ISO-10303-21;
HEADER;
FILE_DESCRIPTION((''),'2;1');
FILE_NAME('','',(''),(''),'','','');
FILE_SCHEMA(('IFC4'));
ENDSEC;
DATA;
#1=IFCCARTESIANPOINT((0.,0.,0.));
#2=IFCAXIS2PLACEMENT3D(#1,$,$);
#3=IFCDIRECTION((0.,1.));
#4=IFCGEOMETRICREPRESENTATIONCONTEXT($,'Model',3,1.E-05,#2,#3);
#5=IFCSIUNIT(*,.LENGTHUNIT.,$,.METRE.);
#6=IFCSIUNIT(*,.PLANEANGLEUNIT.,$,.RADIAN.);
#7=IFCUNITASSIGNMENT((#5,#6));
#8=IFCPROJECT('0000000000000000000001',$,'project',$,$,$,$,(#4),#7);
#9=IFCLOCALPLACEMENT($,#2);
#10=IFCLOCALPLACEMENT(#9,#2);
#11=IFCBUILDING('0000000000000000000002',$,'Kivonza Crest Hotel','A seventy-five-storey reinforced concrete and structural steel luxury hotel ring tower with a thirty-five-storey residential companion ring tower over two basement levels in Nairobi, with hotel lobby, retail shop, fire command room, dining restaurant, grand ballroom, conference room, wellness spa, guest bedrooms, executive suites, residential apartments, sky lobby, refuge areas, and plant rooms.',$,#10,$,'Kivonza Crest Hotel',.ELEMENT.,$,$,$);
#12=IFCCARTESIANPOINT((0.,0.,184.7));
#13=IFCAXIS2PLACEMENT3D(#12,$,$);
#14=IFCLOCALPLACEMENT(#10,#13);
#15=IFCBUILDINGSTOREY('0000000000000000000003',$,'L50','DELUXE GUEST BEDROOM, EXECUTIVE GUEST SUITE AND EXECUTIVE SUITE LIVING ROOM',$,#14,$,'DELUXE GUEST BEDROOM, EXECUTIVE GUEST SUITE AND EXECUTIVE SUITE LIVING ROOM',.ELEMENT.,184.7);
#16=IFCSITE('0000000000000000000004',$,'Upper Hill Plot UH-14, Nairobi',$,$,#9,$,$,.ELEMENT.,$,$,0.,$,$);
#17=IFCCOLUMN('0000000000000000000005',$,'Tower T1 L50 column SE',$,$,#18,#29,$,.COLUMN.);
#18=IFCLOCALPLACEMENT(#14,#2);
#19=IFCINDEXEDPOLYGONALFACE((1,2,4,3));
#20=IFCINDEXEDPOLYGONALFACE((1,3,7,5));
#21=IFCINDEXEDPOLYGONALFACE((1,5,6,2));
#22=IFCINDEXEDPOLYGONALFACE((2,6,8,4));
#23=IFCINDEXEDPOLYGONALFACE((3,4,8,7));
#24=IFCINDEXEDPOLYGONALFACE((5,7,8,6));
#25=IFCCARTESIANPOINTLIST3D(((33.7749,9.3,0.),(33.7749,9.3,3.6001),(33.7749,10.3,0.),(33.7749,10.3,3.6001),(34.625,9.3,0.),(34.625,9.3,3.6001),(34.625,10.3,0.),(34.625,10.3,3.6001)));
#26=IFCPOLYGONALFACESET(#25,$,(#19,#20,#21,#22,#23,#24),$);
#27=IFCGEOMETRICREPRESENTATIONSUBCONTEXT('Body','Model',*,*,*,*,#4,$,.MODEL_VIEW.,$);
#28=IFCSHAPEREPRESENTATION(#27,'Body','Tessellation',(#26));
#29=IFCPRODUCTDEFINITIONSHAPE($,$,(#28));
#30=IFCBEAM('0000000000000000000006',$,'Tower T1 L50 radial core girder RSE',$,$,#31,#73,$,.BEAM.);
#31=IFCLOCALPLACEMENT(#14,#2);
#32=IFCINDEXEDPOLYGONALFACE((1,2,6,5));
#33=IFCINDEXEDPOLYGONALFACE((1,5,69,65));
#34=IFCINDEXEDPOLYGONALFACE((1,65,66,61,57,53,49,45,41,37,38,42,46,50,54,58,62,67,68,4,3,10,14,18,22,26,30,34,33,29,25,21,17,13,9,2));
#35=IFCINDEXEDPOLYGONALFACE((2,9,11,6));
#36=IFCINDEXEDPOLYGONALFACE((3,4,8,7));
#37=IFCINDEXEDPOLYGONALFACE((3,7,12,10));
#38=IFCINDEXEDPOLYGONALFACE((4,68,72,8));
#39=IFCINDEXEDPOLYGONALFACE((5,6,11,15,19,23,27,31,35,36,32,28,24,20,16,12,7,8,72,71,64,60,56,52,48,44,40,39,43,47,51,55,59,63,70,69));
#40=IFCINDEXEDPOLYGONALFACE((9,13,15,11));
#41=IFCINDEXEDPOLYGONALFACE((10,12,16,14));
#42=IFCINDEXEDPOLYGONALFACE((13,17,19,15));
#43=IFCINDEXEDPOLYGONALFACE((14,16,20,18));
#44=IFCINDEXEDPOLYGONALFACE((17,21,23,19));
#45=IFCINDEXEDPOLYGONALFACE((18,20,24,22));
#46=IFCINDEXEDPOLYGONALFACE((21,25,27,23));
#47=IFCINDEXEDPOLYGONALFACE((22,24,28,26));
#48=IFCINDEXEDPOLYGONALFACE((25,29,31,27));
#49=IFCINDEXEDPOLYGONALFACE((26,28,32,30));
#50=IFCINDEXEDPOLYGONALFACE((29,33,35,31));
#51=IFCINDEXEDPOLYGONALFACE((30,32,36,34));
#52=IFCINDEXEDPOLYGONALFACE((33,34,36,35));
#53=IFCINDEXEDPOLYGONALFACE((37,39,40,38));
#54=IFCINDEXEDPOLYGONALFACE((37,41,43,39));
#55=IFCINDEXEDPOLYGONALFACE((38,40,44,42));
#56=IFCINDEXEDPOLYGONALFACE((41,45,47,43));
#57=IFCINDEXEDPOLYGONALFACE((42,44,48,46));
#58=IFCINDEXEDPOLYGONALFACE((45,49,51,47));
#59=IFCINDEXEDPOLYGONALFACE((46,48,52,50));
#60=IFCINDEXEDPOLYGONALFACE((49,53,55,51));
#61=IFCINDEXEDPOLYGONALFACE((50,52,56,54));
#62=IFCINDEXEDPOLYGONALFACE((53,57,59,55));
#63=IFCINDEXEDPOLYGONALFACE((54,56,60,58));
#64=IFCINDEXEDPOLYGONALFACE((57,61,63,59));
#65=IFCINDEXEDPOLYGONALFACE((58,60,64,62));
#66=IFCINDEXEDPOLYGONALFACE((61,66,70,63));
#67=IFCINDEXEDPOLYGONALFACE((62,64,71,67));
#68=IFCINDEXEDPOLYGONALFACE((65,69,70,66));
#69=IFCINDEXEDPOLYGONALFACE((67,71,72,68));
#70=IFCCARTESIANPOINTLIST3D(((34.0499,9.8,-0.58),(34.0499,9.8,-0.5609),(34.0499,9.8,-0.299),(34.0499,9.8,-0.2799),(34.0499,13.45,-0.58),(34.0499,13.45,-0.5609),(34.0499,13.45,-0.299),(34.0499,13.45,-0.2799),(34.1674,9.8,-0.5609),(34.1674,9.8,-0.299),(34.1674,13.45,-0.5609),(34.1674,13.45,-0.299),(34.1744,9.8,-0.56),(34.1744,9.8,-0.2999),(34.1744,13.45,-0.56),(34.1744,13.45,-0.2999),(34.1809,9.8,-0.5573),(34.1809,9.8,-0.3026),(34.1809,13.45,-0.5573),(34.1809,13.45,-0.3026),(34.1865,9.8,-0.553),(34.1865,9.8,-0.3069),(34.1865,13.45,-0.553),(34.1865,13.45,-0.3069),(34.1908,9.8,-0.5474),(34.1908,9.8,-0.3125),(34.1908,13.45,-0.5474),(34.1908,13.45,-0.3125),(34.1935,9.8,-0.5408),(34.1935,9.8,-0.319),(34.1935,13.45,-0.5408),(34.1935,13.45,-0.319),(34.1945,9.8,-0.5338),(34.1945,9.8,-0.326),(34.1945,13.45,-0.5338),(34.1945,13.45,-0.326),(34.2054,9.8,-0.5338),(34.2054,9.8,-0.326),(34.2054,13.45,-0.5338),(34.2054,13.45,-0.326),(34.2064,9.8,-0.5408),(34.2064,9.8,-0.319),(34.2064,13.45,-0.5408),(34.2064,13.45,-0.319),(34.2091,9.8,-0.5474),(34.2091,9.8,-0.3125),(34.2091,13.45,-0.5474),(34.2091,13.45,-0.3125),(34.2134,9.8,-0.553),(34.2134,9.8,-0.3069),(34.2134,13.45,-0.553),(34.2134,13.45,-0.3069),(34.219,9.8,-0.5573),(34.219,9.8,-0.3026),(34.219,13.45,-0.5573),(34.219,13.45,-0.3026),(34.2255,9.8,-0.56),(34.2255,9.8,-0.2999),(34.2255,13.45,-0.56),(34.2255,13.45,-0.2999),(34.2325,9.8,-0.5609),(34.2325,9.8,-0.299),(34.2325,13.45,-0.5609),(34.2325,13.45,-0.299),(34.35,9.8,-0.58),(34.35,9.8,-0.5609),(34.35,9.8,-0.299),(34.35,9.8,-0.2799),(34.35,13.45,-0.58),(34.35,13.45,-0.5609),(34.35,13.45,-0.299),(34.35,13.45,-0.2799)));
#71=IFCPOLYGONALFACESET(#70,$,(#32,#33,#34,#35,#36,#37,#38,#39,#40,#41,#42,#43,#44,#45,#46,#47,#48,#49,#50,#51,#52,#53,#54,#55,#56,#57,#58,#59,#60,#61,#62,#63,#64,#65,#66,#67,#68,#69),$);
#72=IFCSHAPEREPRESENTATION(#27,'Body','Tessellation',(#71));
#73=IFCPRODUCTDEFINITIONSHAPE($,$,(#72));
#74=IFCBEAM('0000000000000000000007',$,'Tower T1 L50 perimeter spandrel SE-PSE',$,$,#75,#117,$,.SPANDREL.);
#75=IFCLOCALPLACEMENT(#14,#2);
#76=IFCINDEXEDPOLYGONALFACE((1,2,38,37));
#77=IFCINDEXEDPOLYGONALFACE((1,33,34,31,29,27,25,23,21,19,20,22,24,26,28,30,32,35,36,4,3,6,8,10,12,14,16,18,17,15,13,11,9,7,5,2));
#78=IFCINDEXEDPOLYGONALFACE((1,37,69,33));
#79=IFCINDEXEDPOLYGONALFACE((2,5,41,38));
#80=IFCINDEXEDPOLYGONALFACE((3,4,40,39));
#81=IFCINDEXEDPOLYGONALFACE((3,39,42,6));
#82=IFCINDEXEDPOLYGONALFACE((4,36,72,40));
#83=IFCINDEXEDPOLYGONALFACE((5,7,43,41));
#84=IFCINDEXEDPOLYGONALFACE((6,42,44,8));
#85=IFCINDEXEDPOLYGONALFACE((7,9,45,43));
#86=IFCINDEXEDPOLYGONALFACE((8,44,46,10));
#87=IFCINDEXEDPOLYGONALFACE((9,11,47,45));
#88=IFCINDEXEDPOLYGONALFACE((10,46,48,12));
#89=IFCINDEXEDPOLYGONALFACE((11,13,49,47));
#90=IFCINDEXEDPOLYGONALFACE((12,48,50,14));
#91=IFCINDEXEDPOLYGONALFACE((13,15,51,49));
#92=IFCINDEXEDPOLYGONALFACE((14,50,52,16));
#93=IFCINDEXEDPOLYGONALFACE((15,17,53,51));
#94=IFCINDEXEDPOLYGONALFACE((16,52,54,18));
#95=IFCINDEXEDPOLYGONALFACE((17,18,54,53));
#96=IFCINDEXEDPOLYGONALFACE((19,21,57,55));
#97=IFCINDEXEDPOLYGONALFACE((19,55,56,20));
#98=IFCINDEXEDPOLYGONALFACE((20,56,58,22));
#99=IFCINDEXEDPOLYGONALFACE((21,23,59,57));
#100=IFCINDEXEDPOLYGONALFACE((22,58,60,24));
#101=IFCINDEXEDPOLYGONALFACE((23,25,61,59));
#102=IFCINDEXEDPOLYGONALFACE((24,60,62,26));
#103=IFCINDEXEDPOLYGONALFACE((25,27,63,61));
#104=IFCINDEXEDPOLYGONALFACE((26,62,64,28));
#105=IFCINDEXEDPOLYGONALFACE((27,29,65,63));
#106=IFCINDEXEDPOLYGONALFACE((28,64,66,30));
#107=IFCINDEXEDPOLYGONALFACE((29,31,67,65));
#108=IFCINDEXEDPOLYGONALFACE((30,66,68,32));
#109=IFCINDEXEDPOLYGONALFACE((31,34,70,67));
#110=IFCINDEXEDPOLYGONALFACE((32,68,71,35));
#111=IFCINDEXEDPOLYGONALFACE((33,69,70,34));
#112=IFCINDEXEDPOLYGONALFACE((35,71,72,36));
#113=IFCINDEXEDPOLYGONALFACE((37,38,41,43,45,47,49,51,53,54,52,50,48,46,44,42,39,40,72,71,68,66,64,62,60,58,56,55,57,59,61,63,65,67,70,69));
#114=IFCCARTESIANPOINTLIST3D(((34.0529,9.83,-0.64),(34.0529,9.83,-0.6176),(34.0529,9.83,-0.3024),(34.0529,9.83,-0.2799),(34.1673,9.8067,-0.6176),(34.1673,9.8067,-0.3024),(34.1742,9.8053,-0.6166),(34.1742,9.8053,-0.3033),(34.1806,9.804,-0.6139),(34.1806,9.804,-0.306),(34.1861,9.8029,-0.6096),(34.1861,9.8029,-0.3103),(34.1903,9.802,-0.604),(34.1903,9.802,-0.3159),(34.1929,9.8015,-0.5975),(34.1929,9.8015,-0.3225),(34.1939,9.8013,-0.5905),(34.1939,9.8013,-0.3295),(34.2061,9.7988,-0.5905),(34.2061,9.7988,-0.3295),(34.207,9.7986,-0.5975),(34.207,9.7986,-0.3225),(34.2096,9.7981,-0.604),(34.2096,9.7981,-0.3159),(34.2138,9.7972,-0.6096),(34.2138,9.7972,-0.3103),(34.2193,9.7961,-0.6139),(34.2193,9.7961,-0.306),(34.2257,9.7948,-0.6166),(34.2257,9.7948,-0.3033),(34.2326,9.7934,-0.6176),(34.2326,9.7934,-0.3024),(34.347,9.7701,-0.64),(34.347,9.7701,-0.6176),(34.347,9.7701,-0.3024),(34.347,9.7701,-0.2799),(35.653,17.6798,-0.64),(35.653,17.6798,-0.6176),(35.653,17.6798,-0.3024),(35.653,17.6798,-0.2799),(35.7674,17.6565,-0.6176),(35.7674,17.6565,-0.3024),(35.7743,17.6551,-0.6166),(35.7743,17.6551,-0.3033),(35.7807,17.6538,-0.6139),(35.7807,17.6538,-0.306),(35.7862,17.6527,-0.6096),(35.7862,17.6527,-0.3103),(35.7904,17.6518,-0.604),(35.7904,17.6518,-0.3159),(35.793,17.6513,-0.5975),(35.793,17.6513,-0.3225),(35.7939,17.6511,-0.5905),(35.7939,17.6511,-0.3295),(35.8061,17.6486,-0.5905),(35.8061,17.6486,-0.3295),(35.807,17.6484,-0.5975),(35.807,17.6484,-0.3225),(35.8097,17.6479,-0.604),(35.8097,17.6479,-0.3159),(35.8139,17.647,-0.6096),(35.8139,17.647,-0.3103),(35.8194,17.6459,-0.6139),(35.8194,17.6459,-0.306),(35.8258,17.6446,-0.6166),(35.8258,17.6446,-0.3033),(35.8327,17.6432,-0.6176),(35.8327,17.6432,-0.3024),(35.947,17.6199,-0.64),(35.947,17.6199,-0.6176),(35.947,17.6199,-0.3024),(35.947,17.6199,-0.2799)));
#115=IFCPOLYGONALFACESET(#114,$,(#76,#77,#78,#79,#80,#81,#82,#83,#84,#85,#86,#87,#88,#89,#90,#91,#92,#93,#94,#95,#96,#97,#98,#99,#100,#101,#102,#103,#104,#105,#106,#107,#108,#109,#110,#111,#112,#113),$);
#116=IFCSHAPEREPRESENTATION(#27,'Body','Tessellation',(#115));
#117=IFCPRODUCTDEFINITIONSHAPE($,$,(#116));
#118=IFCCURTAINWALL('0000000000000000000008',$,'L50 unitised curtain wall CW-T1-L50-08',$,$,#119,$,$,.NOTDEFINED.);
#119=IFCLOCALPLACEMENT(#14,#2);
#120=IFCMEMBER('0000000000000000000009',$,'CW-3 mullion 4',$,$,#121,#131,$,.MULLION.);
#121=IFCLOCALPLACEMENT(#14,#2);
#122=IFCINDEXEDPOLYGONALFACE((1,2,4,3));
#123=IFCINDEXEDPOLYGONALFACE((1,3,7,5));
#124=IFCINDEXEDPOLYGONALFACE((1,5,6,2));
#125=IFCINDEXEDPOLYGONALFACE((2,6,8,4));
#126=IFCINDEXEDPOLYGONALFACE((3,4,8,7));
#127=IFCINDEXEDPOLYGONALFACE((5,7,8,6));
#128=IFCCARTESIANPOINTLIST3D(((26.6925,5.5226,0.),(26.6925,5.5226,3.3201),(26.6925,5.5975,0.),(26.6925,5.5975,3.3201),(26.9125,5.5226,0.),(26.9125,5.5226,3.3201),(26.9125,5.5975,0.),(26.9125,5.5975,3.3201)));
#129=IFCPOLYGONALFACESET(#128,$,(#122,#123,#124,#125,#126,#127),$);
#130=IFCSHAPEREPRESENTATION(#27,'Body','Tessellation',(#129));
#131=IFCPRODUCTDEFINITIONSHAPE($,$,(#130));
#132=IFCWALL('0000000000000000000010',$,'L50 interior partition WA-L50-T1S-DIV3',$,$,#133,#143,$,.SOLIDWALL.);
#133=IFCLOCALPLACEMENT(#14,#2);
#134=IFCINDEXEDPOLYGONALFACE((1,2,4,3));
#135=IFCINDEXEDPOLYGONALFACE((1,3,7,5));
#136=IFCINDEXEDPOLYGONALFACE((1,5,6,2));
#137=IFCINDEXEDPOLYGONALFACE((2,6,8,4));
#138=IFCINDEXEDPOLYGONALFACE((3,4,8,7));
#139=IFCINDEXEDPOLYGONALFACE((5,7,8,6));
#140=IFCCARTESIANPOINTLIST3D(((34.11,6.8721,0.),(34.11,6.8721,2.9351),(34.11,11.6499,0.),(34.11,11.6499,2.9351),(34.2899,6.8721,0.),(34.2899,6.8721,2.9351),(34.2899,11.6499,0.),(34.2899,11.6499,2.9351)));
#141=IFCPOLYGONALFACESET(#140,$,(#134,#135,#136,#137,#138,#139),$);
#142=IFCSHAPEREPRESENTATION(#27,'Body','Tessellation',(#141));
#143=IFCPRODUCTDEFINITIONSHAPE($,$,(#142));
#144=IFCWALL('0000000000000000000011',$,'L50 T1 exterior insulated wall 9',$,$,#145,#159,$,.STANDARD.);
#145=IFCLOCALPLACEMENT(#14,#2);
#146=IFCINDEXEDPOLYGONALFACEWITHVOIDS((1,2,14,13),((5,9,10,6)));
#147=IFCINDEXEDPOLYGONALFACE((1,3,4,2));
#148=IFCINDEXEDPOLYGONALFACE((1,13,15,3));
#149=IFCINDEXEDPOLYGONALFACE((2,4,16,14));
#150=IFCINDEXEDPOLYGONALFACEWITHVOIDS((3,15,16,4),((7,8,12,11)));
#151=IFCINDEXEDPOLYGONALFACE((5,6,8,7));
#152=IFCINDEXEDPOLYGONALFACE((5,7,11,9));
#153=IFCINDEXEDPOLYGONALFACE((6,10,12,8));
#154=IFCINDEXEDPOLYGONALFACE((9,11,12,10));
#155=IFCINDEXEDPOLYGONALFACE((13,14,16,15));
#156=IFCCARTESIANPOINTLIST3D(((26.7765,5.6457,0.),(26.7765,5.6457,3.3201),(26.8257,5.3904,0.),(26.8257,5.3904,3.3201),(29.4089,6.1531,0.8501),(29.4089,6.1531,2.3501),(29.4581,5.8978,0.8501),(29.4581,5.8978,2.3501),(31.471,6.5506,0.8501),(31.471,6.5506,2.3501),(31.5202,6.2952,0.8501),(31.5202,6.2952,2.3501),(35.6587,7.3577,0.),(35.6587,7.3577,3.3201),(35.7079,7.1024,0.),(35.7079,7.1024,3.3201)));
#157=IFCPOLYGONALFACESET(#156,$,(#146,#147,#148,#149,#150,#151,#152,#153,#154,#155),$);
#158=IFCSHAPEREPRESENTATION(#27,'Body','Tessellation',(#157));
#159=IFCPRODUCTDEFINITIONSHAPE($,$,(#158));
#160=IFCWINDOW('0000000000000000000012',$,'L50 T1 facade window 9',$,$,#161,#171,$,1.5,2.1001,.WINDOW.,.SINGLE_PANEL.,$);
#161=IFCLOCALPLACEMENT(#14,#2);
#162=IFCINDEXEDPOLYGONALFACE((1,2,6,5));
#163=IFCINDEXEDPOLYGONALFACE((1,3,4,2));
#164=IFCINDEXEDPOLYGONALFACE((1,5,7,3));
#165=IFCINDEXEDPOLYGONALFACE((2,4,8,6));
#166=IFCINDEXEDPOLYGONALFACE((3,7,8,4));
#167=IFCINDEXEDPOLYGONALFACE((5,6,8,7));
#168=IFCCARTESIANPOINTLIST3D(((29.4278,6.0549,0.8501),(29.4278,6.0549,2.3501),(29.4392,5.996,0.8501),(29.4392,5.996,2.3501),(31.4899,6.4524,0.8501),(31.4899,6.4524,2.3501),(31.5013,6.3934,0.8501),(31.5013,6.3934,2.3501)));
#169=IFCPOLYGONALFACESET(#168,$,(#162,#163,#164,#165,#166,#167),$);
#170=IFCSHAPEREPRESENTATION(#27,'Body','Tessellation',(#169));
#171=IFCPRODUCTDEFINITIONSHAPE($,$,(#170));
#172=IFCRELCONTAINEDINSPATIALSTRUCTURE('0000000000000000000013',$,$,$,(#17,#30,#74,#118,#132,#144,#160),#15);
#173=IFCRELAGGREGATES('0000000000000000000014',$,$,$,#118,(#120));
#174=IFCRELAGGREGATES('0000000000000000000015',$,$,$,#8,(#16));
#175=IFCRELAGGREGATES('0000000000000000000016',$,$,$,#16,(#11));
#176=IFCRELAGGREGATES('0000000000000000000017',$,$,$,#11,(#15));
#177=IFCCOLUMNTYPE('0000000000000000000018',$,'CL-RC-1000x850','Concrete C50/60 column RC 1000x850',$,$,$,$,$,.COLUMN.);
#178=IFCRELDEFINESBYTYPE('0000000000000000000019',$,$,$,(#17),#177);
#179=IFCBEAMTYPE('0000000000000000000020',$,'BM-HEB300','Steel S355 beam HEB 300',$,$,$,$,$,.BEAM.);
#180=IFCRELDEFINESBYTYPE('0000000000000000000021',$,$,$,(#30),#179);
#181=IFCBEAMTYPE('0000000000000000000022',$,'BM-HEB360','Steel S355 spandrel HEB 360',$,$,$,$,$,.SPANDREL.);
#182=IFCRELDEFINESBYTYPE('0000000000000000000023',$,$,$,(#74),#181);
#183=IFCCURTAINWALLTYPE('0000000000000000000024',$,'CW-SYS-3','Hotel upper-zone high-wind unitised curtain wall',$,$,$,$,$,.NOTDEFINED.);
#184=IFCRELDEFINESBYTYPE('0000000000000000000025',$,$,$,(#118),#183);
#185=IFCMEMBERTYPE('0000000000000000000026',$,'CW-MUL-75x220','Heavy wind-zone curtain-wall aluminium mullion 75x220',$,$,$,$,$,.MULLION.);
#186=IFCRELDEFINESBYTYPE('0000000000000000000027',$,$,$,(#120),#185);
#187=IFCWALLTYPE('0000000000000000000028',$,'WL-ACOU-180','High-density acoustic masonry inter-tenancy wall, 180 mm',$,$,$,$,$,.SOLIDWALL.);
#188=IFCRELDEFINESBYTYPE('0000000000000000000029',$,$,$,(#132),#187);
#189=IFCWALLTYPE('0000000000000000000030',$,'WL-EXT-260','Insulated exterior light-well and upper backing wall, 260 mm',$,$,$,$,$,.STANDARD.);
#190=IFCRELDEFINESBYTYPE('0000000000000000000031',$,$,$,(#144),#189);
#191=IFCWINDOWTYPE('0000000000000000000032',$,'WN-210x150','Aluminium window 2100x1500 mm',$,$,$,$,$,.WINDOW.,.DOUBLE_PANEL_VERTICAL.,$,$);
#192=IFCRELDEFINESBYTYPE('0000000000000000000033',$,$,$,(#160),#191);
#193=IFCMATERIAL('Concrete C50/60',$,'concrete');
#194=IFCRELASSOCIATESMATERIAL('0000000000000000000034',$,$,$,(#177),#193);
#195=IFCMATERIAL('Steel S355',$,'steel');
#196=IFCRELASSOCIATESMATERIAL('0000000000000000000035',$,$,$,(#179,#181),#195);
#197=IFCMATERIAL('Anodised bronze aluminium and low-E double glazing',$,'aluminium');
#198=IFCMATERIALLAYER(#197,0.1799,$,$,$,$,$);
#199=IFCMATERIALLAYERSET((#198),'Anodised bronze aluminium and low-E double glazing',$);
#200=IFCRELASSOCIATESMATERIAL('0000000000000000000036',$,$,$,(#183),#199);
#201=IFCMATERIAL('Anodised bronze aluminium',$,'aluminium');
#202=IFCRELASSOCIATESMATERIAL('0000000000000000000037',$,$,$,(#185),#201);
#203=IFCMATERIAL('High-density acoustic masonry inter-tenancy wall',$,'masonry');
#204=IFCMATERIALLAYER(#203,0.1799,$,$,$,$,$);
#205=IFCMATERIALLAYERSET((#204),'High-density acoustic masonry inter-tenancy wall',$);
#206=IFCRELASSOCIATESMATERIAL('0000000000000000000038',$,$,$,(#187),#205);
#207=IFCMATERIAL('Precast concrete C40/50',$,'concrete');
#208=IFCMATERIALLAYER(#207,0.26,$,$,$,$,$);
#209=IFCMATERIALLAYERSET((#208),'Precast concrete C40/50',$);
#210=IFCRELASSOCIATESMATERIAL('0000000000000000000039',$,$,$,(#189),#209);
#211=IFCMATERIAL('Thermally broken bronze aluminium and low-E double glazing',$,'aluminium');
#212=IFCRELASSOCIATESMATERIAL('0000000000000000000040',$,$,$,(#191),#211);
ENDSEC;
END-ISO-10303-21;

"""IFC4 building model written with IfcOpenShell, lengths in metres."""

from ifc_helpers import new_model, si_unit, direction, frame, frame_2d, origin, origin_2d, place, context, subcontext, project, spatial, rectangle, i_section, extrude, material, layer, layer_set, material_profile, profile_set, type_object, element, fill, aggregate, save


model = new_model("IFC4")

# Units and contexts
model_context = context("Model", 3, precision=1e-05, world=origin(), true_north=direction((0.0, 1.0)))
body_context = subcontext(model_context, "Body", "Model", "MODEL_VIEW")
ifc_project = project(units=[si_unit("LENGTHUNIT", "METRE"), si_unit("PLANEANGLEUNIT", "RADIAN")], contexts=[model_context])

# Site, building, storey
site_placement = place(None, origin())
site = spatial("IfcSite", under=ifc_project, at=site_placement, Name="Upper Hill Plot UH-14, Nairobi", CompositionType="ELEMENT", RefElevation=0.0)
building_placement = place(site_placement, origin())
building = spatial("IfcBuilding", under=site, at=building_placement, Name="Kivonza Crest Hotel", Description="A seventy-five-storey reinforced concrete and structural steel luxury hotel ring tower with a thirty-five-storey residential companion ring tower over two basement levels in Nairobi, with hotel lobby, retail shop, fire command room, dining restaurant, grand ballroom, conference room, wellness spa, guest bedrooms, executive suites, residential apartments, sky lobby, refuge areas, and plant rooms.", LongName="Kivonza Crest Hotel", CompositionType="ELEMENT")
storey_placement = place(building_placement, frame((0.0, 0.0, 184.7)))
storey = spatial("IfcBuildingStorey", under=building, at=storey_placement, Name="L50", Description="DELUXE GUEST BEDROOM, EXECUTIVE GUEST SUITE AND EXECUTIVE SUITE LIVING ROOM", LongName="DELUXE GUEST BEDROOM, EXECUTIVE GUEST SUITE AND EXECUTIVE SUITE LIVING ROOM", CompositionType="ELEMENT", Elevation=184.7)

# Column
ifc_material_1 = material(Name="Concrete C50/60", Category="concrete")
ifc_material_profile_1 = material_profile(ifc_material_1, rectangle(XDim=0.8501, YDim=1.0, at=origin_2d()), Name="RC 1000x850")
ifc_profile_set_1 = profile_set([ifc_material_profile_1], Name="Concrete C50/60")
column_type = type_object("IfcColumnType", Name="CL-RC-1000x850", Description="Concrete C50/60 column RC 1000x850", PredefinedType="COLUMN", material=ifc_profile_set_1)
column_placement = place(storey_placement, frame((34.2, 9.8, 0.0), z_axis=(0.0, 0.0, 1.0), x_axis=(1.0, 0.0, 0.0)))
element("IfcColumn", 1, at=column_placement, inside=storey, type_object=column_type, Name="Tower T1 L50 column SE", PredefinedType="COLUMN", context=body_context, shape_type="SweptSolid", body=[
    extrude(rectangle(XDim=0.8501, YDim=1.0, at=origin_2d()), origin(), (0.0, 0.0, 1.0), 3.6001),
])

# Beams
ifc_material_2 = material(Name="Steel S355", Category="steel")
ifc_material_profile_2 = material_profile(ifc_material_2, i_section(OverallWidth=0.3, OverallDepth=0.3, WebThickness=0.011, FlangeThickness=0.019, FilletRadius=0.0271, at=origin_2d()), Name="HEB 300")
ifc_profile_set_2 = profile_set([ifc_material_profile_2], Name="Steel S355")
beam_type_1 = type_object("IfcBeamType", Name="BM-HEB300", Description="Steel S355 beam HEB 300", PredefinedType="BEAM", material=ifc_profile_set_2)
beam_1_placement = place(storey_placement, frame((34.2, 9.8, -0.4299), z_axis=(0.0, 1.0, 0.0), x_axis=(-1.0, 0.0, 0.0)))
element("IfcBeam", 2, at=beam_1_placement, inside=storey, type_object=beam_type_1, Name="Tower T1 L50 radial core girder RSE", PredefinedType="BEAM", context=body_context, shape_type="SweptSolid", body=[
    extrude(i_section(OverallWidth=0.3, OverallDepth=0.3, WebThickness=0.011, FlangeThickness=0.019, FilletRadius=0.0271, at=origin_2d()), origin(), (0.0, 0.0, 1.0), 3.6499),
])
ifc_material_profile_3 = material_profile(ifc_material_2, i_section(OverallWidth=0.3, OverallDepth=0.3601, WebThickness=0.0125, FlangeThickness=0.0225, FilletRadius=0.0271, at=origin_2d()), Name="HEB 360")
ifc_profile_set_3 = profile_set([ifc_material_profile_3], Name="Steel S355")
beam_type_2 = type_object("IfcBeamType", Name="BM-HEB360", Description="Steel S355 spandrel HEB 360", PredefinedType="SPANDREL", material=ifc_profile_set_3)
beam_2_placement = place(storey_placement, frame((34.2, 9.8, -0.46), z_axis=(0.199731, 0.979851, 0.0), x_axis=(-0.979851, 0.199731, 0.0)))
element("IfcBeam", 3, at=beam_2_placement, inside=storey, type_object=beam_type_2, Name="Tower T1 L50 perimeter spandrel SE-PSE", PredefinedType="SPANDREL", context=body_context, shape_type="SweptSolid", body=[
    extrude(i_section(OverallWidth=0.3, OverallDepth=0.3601, WebThickness=0.0125, FlangeThickness=0.0225, FilletRadius=0.0271, at=origin_2d()), origin(), (0.0, 0.0, 1.0), 8.0112),
])

# Curtain wall, member
ifc_material_3 = material(Name="Anodised bronze aluminium and low-E double glazing", Category="aluminium")
ifc_layer_1 = layer(ifc_material_3, 0.1799)
ifc_layer_set_1 = layer_set([ifc_layer_1], Name="Anodised bronze aluminium and low-E double glazing")
curtain_wall_type = type_object("IfcCurtainWallType", Name="CW-SYS-3", Description="Hotel upper-zone high-wind unitised curtain wall", PredefinedType="NOTDEFINED", material=ifc_layer_set_1)
curtain_wall_placement = place(storey_placement, origin())
curtain_wall = element("IfcCurtainWall", 4, at=curtain_wall_placement, inside=storey, type_object=curtain_wall_type, Name="L50 unitised curtain wall CW-T1-L50-08", PredefinedType="NOTDEFINED")
ifc_material_4 = material(Name="Anodised bronze aluminium", Category="aluminium")
ifc_material_profile_4 = material_profile(ifc_material_4, rectangle(XDim=0.075, YDim=0.22, at=origin_2d()), Name="CW-M 75x220")
ifc_profile_set_4 = profile_set([ifc_material_profile_4], Name="Anodised bronze aluminium")
member_type = type_object("IfcMemberType", Name="CW-MUL-75x220", Description="Heavy wind-zone curtain-wall aluminium mullion 75x220", PredefinedType="MULLION", material=ifc_profile_set_4)
member_placement = place(storey_placement, frame((26.8025, 5.5601, 0.0), z_axis=(0.0, 0.0, 1.0), x_axis=(0.0, 1.0, 0.0)))
member = element("IfcMember", 5, at=member_placement, type_object=member_type, Name="CW-3 mullion 4", PredefinedType="MULLION", context=body_context, shape_type="SweptSolid", body=[
    extrude(rectangle(XDim=0.075, YDim=0.22, at=origin_2d()), origin(), (0.0, 0.0, 1.0), 3.3201),
])
aggregate(curtain_wall, [member])

# Wall
ifc_material_5 = material(Name="High-density acoustic masonry inter-tenancy wall", Category="masonry")
ifc_layer_2 = layer(ifc_material_5, 0.1799)
ifc_layer_set_2 = layer_set([ifc_layer_2], Name="High-density acoustic masonry inter-tenancy wall")
wall_type_1 = type_object("IfcWallType", Name="WL-ACOU-180", Description="High-density acoustic masonry inter-tenancy wall, 180 mm", PredefinedType="SOLIDWALL", material=ifc_layer_set_2)
wall_1_placement = place(storey_placement, frame((34.2, 6.8721, 0.0), z_axis=(0.0, 0.0, 1.0), x_axis=(0.0, 1.0, 0.0)))
element("IfcWall", 6, at=wall_1_placement, inside=storey, type_object=wall_type_1, Name="L50 interior partition WA-L50-T1S-DIV3", PredefinedType="SOLIDWALL", context=body_context, shape_type="SweptSolid", body=[
    extrude(rectangle(XDim=4.7778, YDim=0.1799, at=frame_2d((2.3889, 0.0))), origin(), (0.0, 0.0, 1.0), 2.9351),
])

# Wall, opening, window
ifc_material_6 = material(Name="Precast concrete C40/50", Category="concrete")
ifc_layer_3 = layer(ifc_material_6, 0.26)
ifc_layer_set_3 = layer_set([ifc_layer_3], Name="Precast concrete C40/50")
wall_type_2 = type_object("IfcWallType", Name="WL-EXT-260", Description="Insulated exterior light-well and upper backing wall, 260 mm", PredefinedType="STANDARD", material=ifc_layer_set_3)
wall_2_placement = place(storey_placement, frame((26.801, 5.5181, 0.0), z_axis=(0.0, 0.0, 1.0), x_axis=(0.981928, 0.189255, 0.0)))
wall_2 = element("IfcWall", 7, at=wall_2_placement, inside=storey, type_object=wall_type_2, Name="L50 T1 exterior insulated wall 9", PredefinedType="STANDARD", context=body_context, shape_type="SweptSolid", body=[
    extrude(rectangle(XDim=9.0457, YDim=0.26, at=frame_2d((4.5229, 0.0))), origin(), (0.0, 0.0, 1.0), 3.3201),
])
opening_1_placement = place(wall_2_placement, frame((2.6809, 0.0, 0.8501)))
opening_1 = element("IfcOpeningElement", 8, at=opening_1_placement, cuts=wall_2, PredefinedType="OPENING", context=body_context, shape_type="SweptSolid", body=[
    extrude(rectangle(XDim=2.1001, YDim=1.5, at=frame_2d((1.05, 0.75))), frame((0.0, 0.1401, 0.0), z_axis=(0.0, -1.0, 0.0), x_axis=(1.0, 0.0, 0.0)), (0.0, 0.0, 1.0), 0.28),
])
ifc_material_7 = material(Name="Thermally broken bronze aluminium and low-E double glazing", Category="aluminium")
window_type = type_object("IfcWindowType", Name="WN-210x150", Description="Aluminium window 2100x1500 mm", PartitioningType="DOUBLE_PANEL_VERTICAL", PredefinedType="WINDOW", material=ifc_material_7)
window_1_placement = place(opening_1_placement, origin())
window_1 = element("IfcWindow", 9, at=window_1_placement, inside=storey, type_object=window_type, Name="L50 T1 facade window 9", OverallHeight=1.5, OverallWidth=2.1001, PartitioningType="SINGLE_PANEL", PredefinedType="WINDOW", context=body_context, shape_type="SweptSolid", body=[
    extrude(rectangle(XDim=2.1001, YDim=1.5, at=frame_2d((1.05, 0.75))), frame((0.0, 0.03, 0.0), z_axis=(0.0, -1.0, 0.0), x_axis=(1.0, 0.0, 0.0)), (0.0, 0.0, 1.0), 0.0601),
])
fill(opening_1, window_1)

save(model, "model.ifc")
